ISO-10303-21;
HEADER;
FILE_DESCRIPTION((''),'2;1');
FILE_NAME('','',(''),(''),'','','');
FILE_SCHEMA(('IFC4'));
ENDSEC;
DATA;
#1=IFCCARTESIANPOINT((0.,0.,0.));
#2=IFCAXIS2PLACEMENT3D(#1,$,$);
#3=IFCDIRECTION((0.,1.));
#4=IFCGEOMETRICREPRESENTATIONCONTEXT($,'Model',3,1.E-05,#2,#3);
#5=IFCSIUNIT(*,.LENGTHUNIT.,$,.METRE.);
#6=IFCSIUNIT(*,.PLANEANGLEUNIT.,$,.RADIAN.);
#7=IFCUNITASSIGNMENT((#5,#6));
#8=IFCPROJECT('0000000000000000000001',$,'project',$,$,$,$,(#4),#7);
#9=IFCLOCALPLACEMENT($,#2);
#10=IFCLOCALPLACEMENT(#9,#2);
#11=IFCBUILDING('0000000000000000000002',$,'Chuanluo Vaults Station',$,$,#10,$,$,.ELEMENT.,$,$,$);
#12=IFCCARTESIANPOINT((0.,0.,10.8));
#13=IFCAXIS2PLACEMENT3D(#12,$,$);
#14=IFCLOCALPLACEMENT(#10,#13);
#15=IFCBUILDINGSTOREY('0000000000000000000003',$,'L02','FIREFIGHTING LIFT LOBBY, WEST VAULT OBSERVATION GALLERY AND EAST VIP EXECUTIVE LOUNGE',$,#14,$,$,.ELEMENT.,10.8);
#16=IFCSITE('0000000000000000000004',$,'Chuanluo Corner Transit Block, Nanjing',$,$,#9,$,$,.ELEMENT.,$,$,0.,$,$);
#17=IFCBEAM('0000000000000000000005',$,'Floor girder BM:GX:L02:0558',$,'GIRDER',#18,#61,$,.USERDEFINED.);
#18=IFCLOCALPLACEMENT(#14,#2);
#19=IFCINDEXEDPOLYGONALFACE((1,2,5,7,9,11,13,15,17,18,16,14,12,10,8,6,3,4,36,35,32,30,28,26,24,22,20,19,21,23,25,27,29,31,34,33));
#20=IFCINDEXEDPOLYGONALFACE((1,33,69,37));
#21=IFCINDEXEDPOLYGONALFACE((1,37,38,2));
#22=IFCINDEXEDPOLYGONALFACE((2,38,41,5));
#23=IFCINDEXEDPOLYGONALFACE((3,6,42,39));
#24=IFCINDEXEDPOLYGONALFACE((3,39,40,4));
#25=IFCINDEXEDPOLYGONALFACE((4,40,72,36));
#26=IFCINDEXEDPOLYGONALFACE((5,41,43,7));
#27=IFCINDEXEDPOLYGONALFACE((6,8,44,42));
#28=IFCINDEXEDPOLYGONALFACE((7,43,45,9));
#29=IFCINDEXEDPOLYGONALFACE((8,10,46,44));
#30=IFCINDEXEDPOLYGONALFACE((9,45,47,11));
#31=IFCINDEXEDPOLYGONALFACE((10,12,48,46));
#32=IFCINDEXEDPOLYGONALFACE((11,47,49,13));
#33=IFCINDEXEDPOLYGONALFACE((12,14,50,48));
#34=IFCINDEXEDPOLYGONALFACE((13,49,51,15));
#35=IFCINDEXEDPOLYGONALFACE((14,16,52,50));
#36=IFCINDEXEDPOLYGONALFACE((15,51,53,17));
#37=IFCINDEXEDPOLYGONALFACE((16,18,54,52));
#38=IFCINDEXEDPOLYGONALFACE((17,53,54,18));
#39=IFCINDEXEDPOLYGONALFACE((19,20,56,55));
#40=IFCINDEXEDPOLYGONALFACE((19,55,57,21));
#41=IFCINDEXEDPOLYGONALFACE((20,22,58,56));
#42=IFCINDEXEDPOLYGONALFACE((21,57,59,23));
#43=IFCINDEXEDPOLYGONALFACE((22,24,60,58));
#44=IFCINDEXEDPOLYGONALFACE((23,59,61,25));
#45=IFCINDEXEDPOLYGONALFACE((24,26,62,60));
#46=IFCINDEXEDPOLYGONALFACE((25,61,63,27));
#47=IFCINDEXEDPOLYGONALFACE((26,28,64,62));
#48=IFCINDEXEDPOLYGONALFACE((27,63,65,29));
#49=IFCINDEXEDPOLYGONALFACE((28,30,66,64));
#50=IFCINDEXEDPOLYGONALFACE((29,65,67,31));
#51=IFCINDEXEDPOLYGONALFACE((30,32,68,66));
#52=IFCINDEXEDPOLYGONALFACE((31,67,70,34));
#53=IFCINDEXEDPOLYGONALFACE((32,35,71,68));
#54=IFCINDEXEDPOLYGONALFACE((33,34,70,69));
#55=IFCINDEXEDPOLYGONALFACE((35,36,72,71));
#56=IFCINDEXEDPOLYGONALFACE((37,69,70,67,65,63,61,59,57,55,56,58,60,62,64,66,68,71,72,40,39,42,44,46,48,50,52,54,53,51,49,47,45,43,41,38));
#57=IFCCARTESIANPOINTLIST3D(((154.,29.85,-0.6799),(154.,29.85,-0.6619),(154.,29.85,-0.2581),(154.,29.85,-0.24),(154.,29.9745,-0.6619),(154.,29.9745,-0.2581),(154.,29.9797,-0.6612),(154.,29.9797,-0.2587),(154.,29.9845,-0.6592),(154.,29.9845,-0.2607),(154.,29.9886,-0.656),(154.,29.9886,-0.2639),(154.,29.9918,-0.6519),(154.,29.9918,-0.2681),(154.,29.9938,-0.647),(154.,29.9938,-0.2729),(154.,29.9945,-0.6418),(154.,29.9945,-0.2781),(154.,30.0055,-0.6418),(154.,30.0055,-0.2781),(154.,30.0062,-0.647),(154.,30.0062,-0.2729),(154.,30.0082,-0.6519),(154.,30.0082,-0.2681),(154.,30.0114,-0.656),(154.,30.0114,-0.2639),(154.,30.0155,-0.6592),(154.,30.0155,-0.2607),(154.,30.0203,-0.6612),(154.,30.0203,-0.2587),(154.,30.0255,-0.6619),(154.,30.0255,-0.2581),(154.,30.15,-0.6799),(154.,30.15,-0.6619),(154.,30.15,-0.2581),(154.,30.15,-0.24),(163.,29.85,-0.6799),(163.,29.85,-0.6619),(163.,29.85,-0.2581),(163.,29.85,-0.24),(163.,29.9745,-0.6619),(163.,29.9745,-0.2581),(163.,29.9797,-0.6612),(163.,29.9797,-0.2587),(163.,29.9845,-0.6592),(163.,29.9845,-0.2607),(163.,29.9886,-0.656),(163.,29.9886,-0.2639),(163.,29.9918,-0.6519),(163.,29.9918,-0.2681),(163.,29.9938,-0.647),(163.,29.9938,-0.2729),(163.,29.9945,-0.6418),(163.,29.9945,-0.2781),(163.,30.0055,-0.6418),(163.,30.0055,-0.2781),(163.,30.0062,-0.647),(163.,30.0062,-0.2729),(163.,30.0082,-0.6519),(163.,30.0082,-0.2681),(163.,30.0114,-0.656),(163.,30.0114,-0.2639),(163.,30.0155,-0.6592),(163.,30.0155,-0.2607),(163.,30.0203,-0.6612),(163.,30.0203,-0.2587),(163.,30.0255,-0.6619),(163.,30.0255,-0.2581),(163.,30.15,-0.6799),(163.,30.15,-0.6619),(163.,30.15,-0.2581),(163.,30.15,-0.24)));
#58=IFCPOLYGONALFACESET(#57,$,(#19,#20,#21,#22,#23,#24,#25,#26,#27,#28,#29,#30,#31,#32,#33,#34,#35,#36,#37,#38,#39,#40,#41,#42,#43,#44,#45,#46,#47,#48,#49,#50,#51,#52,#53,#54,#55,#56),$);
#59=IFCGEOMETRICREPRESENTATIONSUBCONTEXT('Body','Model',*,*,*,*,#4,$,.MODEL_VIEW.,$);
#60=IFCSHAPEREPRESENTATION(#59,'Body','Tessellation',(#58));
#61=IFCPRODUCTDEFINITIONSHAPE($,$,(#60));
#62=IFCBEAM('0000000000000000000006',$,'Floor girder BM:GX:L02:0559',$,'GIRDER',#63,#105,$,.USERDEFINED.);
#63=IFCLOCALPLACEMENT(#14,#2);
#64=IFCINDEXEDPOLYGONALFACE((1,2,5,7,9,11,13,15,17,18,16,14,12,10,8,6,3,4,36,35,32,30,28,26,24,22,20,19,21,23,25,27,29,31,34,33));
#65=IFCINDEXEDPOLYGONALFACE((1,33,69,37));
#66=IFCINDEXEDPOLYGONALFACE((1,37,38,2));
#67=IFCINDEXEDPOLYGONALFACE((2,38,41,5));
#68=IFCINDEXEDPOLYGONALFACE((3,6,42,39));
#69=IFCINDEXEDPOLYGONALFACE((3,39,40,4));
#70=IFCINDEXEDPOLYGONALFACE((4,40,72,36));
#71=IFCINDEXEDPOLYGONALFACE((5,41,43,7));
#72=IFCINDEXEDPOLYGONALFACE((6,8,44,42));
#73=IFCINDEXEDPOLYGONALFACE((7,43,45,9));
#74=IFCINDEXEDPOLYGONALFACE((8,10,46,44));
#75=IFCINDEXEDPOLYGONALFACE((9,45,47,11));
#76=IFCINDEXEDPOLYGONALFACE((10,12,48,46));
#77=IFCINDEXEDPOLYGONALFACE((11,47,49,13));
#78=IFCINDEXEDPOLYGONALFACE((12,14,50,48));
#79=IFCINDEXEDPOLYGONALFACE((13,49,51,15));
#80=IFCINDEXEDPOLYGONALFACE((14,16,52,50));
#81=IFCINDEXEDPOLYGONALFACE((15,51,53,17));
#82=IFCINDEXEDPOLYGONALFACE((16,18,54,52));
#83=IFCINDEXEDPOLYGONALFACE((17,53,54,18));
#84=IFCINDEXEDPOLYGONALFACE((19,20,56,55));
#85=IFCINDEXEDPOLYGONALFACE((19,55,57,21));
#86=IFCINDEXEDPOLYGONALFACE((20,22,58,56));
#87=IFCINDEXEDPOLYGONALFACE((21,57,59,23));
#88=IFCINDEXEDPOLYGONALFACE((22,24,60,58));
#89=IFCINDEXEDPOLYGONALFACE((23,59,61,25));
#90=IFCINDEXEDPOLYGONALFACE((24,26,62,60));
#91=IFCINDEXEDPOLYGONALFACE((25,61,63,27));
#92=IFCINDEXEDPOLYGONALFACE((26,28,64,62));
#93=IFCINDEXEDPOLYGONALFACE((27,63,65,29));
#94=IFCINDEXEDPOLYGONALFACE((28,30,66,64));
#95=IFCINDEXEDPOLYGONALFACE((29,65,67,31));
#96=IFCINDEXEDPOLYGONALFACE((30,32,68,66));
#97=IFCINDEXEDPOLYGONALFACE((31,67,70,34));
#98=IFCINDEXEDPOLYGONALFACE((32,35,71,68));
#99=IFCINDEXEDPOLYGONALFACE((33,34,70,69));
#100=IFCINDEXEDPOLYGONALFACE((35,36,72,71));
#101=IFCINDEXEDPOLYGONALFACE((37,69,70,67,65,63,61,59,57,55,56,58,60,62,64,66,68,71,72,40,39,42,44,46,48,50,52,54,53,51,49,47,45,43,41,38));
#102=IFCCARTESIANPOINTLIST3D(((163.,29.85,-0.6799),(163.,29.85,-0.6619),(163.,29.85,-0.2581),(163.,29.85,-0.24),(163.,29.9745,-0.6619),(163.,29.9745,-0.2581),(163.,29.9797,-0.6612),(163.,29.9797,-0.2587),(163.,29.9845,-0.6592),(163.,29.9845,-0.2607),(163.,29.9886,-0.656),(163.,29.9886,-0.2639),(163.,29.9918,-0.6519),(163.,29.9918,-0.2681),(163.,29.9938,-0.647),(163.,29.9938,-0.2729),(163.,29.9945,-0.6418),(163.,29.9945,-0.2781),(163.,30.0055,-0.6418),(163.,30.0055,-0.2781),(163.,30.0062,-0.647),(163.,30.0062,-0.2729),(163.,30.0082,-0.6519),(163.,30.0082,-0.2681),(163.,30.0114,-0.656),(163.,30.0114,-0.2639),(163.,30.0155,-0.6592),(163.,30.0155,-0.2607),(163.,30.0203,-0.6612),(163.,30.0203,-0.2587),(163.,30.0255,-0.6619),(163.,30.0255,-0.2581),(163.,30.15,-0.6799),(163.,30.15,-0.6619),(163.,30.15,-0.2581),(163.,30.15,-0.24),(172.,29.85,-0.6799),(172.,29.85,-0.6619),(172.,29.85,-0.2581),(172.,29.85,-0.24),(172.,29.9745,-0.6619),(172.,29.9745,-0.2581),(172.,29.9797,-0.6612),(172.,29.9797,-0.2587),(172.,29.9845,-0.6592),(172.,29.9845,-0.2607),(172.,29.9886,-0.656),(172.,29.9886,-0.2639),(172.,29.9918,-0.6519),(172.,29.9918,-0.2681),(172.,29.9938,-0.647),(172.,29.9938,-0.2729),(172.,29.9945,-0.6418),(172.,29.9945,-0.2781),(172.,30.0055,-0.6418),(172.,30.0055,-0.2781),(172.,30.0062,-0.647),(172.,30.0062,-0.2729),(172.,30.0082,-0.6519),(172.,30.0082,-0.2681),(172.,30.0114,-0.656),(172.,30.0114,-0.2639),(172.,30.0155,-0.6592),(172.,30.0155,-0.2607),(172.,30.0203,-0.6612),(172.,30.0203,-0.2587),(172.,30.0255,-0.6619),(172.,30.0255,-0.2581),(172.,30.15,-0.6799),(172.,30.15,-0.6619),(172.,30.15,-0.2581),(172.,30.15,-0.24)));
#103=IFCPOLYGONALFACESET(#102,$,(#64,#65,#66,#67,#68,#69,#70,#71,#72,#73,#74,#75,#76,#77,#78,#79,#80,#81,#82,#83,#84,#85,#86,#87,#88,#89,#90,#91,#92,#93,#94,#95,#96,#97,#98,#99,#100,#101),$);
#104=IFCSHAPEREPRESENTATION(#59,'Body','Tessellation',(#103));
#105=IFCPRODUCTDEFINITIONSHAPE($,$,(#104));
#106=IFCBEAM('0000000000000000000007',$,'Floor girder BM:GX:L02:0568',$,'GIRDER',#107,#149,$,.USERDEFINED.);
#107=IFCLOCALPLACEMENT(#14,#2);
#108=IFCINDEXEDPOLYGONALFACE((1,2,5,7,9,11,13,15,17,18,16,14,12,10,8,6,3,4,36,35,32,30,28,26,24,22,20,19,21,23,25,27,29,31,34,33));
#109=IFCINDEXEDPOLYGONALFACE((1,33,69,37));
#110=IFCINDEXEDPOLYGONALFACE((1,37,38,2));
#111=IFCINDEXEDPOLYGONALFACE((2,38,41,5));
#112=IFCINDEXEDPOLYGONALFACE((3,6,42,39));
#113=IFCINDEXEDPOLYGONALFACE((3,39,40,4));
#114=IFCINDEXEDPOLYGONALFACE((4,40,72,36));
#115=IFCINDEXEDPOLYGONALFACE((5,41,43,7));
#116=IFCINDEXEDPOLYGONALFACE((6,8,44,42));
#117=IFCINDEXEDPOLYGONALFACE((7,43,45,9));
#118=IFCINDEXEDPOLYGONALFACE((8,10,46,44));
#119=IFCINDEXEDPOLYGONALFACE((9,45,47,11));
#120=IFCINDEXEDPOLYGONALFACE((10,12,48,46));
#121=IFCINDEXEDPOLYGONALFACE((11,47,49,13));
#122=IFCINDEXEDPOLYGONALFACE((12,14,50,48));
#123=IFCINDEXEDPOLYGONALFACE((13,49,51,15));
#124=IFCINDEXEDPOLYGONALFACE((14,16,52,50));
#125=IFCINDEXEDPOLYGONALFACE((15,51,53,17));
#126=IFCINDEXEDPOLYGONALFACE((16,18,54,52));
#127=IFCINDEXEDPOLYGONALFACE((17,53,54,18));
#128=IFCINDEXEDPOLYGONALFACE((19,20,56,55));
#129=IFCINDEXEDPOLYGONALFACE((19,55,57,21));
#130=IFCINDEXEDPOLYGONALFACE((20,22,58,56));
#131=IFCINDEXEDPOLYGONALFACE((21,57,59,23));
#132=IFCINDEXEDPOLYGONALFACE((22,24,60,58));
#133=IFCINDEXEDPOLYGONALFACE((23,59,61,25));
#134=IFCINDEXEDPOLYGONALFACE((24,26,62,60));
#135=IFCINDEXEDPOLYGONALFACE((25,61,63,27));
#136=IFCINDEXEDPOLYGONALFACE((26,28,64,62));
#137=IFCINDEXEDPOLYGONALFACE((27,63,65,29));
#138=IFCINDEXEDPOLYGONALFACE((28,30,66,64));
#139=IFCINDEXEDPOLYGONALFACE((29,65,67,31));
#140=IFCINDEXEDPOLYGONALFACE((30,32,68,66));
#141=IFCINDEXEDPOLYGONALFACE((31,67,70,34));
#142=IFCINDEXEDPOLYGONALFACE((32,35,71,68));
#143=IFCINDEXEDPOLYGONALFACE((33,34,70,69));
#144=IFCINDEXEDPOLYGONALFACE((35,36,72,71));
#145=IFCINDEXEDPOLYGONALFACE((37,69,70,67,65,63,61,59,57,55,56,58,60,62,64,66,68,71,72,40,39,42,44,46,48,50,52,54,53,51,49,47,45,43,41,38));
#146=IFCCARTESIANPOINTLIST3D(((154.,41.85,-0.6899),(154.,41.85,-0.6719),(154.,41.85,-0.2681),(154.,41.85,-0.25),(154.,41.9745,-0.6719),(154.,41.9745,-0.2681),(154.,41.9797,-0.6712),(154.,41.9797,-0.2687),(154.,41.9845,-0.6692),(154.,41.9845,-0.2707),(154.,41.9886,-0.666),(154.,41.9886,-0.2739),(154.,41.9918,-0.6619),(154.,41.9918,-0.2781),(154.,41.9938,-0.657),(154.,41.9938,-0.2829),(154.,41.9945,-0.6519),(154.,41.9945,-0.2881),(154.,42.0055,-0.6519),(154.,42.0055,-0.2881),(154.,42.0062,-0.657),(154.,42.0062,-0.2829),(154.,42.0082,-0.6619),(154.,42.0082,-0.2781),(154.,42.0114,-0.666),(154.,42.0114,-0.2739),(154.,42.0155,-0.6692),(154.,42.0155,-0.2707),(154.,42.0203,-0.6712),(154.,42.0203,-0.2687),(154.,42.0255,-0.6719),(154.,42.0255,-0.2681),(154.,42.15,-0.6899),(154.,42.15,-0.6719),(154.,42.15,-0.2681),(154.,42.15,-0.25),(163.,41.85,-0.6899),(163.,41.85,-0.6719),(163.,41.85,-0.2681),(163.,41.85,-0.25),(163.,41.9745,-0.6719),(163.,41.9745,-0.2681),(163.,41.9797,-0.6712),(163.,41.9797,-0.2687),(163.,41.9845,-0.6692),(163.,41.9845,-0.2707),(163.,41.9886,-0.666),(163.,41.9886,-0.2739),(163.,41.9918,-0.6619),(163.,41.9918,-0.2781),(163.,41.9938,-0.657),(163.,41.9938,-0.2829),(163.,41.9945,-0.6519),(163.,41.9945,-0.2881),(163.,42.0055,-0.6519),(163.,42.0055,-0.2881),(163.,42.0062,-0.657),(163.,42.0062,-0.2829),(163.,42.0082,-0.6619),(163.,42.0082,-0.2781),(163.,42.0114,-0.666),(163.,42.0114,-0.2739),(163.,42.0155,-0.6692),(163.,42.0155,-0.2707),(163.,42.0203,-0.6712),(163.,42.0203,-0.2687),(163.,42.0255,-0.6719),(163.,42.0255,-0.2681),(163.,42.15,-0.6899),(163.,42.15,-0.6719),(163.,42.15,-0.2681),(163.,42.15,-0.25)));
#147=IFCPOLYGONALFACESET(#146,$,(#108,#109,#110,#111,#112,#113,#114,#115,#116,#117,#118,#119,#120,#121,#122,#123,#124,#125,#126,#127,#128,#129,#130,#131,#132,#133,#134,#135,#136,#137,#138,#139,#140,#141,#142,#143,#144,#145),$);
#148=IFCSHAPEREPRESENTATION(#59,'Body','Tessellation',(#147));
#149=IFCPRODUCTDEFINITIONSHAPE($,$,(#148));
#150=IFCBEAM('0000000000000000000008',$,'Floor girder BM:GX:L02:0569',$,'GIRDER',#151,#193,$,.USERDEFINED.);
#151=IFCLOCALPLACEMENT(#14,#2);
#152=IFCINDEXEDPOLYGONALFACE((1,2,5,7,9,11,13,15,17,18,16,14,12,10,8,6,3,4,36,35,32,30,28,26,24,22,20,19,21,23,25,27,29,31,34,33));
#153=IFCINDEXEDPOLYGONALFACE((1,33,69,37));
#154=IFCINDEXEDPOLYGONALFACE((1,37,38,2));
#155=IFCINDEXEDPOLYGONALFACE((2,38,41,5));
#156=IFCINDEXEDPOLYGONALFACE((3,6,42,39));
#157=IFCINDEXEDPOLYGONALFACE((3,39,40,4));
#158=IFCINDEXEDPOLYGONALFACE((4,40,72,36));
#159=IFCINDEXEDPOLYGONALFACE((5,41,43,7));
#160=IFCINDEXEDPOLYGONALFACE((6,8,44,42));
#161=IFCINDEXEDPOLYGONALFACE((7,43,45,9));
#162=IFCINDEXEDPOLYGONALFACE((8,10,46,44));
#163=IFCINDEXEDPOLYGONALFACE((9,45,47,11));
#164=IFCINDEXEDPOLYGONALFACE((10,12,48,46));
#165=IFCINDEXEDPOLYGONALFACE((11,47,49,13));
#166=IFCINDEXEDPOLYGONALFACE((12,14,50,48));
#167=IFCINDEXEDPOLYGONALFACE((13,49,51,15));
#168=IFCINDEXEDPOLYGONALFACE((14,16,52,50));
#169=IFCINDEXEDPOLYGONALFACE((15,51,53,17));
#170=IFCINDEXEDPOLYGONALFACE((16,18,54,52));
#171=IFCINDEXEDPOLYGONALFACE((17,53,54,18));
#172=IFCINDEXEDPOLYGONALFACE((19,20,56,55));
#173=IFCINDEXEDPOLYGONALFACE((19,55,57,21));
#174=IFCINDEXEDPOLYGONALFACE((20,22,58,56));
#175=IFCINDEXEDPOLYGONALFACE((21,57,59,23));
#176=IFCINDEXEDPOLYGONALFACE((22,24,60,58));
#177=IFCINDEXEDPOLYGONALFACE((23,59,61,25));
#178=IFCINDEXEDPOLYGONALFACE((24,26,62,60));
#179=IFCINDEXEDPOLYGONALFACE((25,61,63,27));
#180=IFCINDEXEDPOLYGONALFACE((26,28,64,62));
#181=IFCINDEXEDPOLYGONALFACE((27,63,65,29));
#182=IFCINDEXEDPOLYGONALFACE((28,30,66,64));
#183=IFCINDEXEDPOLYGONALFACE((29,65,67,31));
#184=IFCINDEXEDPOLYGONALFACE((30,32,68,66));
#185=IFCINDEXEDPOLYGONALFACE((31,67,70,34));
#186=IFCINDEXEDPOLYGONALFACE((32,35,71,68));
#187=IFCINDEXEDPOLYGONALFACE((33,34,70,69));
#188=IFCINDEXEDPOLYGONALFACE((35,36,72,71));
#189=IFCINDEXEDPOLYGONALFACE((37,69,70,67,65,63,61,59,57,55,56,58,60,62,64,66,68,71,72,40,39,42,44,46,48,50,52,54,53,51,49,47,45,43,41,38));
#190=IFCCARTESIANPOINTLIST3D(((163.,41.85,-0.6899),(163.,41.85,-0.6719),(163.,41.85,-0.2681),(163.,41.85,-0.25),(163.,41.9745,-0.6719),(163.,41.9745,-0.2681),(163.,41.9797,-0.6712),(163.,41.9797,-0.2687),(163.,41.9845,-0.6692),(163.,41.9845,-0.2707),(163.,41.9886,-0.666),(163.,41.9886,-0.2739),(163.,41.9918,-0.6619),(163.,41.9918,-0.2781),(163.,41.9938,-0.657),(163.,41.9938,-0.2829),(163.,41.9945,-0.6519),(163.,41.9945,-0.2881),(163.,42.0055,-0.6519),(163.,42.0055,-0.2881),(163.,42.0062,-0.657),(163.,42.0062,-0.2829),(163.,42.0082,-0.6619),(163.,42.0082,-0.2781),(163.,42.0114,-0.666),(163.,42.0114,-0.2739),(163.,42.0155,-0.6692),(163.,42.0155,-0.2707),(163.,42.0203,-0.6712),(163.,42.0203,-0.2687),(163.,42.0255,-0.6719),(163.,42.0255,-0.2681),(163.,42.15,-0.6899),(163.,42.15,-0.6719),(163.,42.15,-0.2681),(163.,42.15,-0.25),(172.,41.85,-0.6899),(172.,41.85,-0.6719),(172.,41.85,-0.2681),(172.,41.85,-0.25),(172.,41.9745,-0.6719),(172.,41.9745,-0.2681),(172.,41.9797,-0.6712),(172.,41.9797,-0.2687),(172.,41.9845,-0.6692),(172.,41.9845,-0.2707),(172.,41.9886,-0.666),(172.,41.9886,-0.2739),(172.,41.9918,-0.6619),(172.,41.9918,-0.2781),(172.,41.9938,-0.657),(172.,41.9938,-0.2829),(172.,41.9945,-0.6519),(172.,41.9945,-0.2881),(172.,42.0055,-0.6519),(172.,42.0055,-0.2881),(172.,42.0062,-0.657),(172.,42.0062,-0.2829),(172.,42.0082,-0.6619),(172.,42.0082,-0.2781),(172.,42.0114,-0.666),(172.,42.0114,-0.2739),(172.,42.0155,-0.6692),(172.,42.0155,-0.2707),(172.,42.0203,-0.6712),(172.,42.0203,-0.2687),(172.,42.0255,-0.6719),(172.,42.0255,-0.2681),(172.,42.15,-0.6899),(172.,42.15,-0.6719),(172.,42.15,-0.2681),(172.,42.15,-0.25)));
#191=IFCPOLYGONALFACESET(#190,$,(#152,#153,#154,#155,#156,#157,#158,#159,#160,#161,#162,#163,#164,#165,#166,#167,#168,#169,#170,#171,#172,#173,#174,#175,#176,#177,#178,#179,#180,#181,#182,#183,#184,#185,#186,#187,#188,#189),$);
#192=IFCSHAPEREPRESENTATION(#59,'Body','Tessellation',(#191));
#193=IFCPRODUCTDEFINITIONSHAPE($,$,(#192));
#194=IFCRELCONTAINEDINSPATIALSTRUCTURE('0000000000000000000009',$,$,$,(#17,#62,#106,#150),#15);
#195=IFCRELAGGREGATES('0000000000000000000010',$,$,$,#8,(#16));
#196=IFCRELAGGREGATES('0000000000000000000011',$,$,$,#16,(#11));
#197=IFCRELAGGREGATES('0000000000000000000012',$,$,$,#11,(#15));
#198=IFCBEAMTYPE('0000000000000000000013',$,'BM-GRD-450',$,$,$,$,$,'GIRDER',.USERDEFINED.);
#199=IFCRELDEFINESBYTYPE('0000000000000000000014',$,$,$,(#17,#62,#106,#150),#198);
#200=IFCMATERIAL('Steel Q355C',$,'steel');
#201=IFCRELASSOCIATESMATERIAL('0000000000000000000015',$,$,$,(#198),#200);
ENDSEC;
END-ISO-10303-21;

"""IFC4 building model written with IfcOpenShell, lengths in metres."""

from ifc_helpers import new_model, si_unit, direction, frame, origin, origin_2d, place, context, subcontext, project, spatial, i_section, extrude, material, material_profile, profile_set, type_object, element, save


model = new_model("IFC4")

# Units and contexts
model_context = context("Model", 3, precision=1e-05, world=origin(), true_north=direction((0.0, 1.0)))
body_context = subcontext(model_context, "Body", "Model", "MODEL_VIEW")
ifc_project = project(units=[si_unit("LENGTHUNIT", "METRE"), si_unit("PLANEANGLEUNIT", "RADIAN")], contexts=[model_context])

# Site, building, storey
site_placement = place(None, origin())
site = spatial("IfcSite", under=ifc_project, at=site_placement, Name="Chuanluo Corner Transit Block, Nanjing", CompositionType="ELEMENT", RefElevation=0.0)
building_placement = place(site_placement, origin())
building = spatial("IfcBuilding", under=site, at=building_placement, Name="Chuanluo Vaults Station", CompositionType="ELEMENT")
storey_placement = place(building_placement, frame((0.0, 0.0, 10.8)))
storey = spatial("IfcBuildingStorey", under=building, at=storey_placement, Name="L02", Description="FIREFIGHTING LIFT LOBBY, WEST VAULT OBSERVATION GALLERY AND EAST VIP EXECUTIVE LOUNGE", CompositionType="ELEMENT", Elevation=10.8)

# Beams
ifc_material_1 = material(Name="Steel Q355C", Category="steel")
ifc_material_profile_1 = material_profile(ifc_material_1, i_section(OverallWidth=0.3, OverallDepth=0.4399, WebThickness=0.011, FlangeThickness=0.0181, FilletRadius=0.02, at=origin_2d()))
ifc_profile_set_1 = profile_set([ifc_material_profile_1], Name="Steel Q355C")
beam_type_1 = type_object("IfcBeamType", Name="BM-GRD-450", ElementType="GIRDER", PredefinedType="USERDEFINED", material=ifc_profile_set_1)
for number, where, z_axis, x_axis, name in (
    (1, (154.0, 30.0, -0.46), (1.0, 0.0, 0.0), (0.0, 1.0, 0.0), "Floor girder BM:GX:L02:0558"),
    (2, (163.0, 30.0, -0.46), (1.0, 0.0, 0.0), (0.0, 1.0, 0.0), "Floor girder BM:GX:L02:0559"),
    (3, (154.0, 42.0, -0.47), (1.0, 0.0, 0.0), (0.0, 1.0, 0.0), "Floor girder BM:GX:L02:0568"),
    (4, (163.0, 42.0, -0.47), (1.0, 0.0, 0.0), (0.0, 1.0, 0.0), "Floor girder BM:GX:L02:0569"),
):
    element("IfcBeam", number, at=place(storey_placement, frame(where, z_axis=z_axis, x_axis=x_axis)), inside=storey, type_object=beam_type_1, Name=name, ObjectType="GIRDER", PredefinedType="USERDEFINED", context=body_context, shape_type="SweptSolid", body=[
        extrude(i_section(OverallWidth=0.3, OverallDepth=0.4399, WebThickness=0.011, FlangeThickness=0.0181, FilletRadius=0.02, at=origin_2d()), origin(), (0.0, 0.0, 1.0), 9.0),
    ])

save(model, "model.ifc")
